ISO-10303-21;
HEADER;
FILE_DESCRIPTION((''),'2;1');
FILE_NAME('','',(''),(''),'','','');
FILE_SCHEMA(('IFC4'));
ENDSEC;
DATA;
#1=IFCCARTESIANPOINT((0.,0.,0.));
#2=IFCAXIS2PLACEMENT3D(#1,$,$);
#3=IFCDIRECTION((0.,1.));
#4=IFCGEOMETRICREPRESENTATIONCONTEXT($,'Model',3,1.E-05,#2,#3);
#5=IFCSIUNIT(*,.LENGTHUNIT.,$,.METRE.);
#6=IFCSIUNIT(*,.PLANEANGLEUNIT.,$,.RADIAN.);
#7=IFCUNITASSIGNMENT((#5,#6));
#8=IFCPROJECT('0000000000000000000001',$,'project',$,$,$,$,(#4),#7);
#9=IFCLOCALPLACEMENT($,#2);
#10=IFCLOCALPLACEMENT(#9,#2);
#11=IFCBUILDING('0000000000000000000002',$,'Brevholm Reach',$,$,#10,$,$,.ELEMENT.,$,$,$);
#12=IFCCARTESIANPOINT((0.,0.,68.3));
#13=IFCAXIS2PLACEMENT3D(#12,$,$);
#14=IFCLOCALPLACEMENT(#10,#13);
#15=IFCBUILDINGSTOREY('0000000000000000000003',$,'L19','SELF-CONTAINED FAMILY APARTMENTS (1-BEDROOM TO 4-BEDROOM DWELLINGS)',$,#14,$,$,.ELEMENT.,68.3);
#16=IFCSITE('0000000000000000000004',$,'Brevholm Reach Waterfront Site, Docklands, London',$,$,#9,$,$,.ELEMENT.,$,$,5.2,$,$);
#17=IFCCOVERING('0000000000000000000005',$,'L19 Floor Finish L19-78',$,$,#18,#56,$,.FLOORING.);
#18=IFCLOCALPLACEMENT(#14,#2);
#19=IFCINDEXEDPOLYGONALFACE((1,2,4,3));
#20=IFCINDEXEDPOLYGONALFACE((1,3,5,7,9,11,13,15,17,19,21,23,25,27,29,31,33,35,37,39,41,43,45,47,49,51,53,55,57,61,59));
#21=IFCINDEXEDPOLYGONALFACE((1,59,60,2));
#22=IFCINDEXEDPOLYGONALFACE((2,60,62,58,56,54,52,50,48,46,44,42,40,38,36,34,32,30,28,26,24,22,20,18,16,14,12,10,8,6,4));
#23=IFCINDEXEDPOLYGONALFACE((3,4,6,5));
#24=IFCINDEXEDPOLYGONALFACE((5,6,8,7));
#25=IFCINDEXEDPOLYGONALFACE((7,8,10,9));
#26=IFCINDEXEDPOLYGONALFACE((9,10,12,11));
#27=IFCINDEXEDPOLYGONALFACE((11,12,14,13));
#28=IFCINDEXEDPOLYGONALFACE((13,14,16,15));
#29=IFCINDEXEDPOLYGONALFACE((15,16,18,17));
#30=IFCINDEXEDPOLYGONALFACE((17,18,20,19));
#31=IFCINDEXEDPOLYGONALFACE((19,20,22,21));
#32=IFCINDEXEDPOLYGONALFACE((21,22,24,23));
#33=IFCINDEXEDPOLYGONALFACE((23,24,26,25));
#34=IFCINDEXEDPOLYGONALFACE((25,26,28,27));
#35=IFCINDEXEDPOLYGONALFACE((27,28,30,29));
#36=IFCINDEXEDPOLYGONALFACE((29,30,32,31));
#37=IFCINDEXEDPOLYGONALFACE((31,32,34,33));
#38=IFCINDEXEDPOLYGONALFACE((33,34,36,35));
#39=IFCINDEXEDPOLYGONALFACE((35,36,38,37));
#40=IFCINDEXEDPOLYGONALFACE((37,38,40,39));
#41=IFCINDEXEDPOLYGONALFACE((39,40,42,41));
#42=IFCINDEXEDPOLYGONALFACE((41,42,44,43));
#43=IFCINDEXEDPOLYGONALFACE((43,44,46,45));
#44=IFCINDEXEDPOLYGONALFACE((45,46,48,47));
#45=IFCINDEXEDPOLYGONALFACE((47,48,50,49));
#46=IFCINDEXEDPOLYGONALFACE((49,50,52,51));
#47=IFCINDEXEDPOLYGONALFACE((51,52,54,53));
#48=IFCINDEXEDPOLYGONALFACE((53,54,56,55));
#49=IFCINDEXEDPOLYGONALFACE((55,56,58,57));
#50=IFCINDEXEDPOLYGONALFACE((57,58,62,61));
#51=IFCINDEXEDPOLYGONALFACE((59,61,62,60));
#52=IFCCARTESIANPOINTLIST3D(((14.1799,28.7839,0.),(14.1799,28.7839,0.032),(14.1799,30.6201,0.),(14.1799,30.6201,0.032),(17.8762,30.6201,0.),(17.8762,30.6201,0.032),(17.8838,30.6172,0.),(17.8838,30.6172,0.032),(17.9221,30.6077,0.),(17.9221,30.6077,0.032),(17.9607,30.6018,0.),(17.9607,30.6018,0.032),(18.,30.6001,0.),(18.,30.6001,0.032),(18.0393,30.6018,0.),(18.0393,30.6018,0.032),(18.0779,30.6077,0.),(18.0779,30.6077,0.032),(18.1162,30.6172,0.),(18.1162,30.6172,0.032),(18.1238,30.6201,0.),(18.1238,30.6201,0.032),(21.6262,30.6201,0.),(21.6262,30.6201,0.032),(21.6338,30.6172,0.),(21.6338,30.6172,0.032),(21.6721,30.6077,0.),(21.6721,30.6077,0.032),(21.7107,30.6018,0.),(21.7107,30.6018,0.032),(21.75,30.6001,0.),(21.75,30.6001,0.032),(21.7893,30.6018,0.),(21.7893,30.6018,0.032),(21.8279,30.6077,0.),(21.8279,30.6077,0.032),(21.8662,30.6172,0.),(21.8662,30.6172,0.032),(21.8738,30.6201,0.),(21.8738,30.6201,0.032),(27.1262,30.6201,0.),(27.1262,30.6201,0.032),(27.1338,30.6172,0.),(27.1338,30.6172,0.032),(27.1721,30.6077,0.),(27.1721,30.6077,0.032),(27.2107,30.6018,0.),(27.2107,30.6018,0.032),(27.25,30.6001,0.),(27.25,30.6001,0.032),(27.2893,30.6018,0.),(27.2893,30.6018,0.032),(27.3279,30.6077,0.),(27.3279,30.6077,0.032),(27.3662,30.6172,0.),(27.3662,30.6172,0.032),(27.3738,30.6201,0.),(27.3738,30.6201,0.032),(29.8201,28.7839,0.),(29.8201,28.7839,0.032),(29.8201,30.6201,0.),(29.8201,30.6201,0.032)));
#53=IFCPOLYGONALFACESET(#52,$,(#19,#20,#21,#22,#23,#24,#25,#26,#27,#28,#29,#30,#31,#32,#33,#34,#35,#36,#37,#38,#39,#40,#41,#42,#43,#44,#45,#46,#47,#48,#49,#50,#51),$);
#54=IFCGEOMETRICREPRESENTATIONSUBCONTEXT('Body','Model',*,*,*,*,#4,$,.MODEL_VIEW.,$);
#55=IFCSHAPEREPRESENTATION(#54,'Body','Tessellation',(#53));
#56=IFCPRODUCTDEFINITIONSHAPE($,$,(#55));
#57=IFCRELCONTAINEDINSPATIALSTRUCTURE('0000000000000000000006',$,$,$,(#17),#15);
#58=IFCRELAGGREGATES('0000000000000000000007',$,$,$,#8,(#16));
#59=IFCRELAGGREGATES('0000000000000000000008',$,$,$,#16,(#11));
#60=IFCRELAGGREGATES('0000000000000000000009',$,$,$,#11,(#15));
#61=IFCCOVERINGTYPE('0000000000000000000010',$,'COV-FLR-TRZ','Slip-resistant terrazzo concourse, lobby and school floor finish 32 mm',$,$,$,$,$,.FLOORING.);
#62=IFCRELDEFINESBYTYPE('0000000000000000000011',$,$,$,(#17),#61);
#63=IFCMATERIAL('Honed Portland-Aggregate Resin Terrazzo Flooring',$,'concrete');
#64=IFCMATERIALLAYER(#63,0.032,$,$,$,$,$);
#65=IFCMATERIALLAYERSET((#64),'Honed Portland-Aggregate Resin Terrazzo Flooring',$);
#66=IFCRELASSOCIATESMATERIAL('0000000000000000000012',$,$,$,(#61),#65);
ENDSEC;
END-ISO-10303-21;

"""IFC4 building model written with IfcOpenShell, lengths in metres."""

from ifc_helpers import new_model, si_unit, direction, frame, origin, place, context, subcontext, project, spatial, polyline, outline, extrude, material, layer, layer_set, type_object, element, save


model = new_model("IFC4")

# Units and contexts
model_context = context("Model", 3, precision=1e-05, world=origin(), true_north=direction((0.0, 1.0)))
body_context = subcontext(model_context, "Body", "Model", "MODEL_VIEW")
ifc_project = project(units=[si_unit("LENGTHUNIT", "METRE"), si_unit("PLANEANGLEUNIT", "RADIAN")], contexts=[model_context])

# Site, building, storey
site_placement = place(None, origin())
site = spatial("IfcSite", under=ifc_project, at=site_placement, Name="Brevholm Reach Waterfront Site, Docklands, London", CompositionType="ELEMENT", RefElevation=5.2)
building_placement = place(site_placement, origin())
building = spatial("IfcBuilding", under=site, at=building_placement, Name="Brevholm Reach", CompositionType="ELEMENT")
storey_placement = place(building_placement, frame((0.0, 0.0, 68.3)))
storey = spatial("IfcBuildingStorey", under=building, at=storey_placement, Name="L19", Description="SELF-CONTAINED FAMILY APARTMENTS (1-BEDROOM TO 4-BEDROOM DWELLINGS)", CompositionType="ELEMENT", Elevation=68.3)

# Covering
ifc_material_1 = material(Name="Honed Portland-Aggregate Resin Terrazzo Flooring", Category="concrete")
ifc_layer_1 = layer(ifc_material_1, 0.032)
ifc_layer_set_1 = layer_set([ifc_layer_1], Name="Honed Portland-Aggregate Resin Terrazzo Flooring")
covering_type_1 = type_object("IfcCoveringType", Name="COV-FLR-TRZ", Description="Slip-resistant terrazzo concourse, lobby and school floor finish 32 mm", PredefinedType="FLOORING", material=ifc_layer_set_1)
covering_1_placement = place(storey_placement, origin())
element("IfcCovering", 1, at=covering_1_placement, inside=storey, type_object=covering_type_1, Name="L19 Floor Finish L19-78", PredefinedType="FLOORING", context=body_context, shape_type="SweptSolid", body=[
    extrude(outline(polyline([(14.1799, 30.6201), (17.8762, 30.6201), (17.8838, 30.6172), (17.9221, 30.6077), (17.9607, 30.6018), (18.0, 30.6001), (18.0393, 30.6018), (18.0779, 30.6077), (18.1162, 30.6172), (18.1238, 30.6201), (21.6262, 30.6201), (21.6338, 30.6172), (21.6721, 30.6077), (21.7107, 30.6018), (21.75, 30.6001), (21.7893, 30.6018), (21.8279, 30.6077), (21.8662, 30.6172), (21.8738, 30.6201), (27.1262, 30.6201), (27.1338, 30.6172), (27.1721, 30.6077), (27.2107, 30.6018), (27.25, 30.6001), (27.2893, 30.6018), (27.3279, 30.6077), (27.3662, 30.6172), (27.3738, 30.6201), (29.8201, 30.6201), (29.8201, 28.7839), (14.1799, 28.7839), (14.1799, 30.6201)])), origin(), (0.0, 0.0, 1.0), 0.032),
])

save(model, "model.ifc")
